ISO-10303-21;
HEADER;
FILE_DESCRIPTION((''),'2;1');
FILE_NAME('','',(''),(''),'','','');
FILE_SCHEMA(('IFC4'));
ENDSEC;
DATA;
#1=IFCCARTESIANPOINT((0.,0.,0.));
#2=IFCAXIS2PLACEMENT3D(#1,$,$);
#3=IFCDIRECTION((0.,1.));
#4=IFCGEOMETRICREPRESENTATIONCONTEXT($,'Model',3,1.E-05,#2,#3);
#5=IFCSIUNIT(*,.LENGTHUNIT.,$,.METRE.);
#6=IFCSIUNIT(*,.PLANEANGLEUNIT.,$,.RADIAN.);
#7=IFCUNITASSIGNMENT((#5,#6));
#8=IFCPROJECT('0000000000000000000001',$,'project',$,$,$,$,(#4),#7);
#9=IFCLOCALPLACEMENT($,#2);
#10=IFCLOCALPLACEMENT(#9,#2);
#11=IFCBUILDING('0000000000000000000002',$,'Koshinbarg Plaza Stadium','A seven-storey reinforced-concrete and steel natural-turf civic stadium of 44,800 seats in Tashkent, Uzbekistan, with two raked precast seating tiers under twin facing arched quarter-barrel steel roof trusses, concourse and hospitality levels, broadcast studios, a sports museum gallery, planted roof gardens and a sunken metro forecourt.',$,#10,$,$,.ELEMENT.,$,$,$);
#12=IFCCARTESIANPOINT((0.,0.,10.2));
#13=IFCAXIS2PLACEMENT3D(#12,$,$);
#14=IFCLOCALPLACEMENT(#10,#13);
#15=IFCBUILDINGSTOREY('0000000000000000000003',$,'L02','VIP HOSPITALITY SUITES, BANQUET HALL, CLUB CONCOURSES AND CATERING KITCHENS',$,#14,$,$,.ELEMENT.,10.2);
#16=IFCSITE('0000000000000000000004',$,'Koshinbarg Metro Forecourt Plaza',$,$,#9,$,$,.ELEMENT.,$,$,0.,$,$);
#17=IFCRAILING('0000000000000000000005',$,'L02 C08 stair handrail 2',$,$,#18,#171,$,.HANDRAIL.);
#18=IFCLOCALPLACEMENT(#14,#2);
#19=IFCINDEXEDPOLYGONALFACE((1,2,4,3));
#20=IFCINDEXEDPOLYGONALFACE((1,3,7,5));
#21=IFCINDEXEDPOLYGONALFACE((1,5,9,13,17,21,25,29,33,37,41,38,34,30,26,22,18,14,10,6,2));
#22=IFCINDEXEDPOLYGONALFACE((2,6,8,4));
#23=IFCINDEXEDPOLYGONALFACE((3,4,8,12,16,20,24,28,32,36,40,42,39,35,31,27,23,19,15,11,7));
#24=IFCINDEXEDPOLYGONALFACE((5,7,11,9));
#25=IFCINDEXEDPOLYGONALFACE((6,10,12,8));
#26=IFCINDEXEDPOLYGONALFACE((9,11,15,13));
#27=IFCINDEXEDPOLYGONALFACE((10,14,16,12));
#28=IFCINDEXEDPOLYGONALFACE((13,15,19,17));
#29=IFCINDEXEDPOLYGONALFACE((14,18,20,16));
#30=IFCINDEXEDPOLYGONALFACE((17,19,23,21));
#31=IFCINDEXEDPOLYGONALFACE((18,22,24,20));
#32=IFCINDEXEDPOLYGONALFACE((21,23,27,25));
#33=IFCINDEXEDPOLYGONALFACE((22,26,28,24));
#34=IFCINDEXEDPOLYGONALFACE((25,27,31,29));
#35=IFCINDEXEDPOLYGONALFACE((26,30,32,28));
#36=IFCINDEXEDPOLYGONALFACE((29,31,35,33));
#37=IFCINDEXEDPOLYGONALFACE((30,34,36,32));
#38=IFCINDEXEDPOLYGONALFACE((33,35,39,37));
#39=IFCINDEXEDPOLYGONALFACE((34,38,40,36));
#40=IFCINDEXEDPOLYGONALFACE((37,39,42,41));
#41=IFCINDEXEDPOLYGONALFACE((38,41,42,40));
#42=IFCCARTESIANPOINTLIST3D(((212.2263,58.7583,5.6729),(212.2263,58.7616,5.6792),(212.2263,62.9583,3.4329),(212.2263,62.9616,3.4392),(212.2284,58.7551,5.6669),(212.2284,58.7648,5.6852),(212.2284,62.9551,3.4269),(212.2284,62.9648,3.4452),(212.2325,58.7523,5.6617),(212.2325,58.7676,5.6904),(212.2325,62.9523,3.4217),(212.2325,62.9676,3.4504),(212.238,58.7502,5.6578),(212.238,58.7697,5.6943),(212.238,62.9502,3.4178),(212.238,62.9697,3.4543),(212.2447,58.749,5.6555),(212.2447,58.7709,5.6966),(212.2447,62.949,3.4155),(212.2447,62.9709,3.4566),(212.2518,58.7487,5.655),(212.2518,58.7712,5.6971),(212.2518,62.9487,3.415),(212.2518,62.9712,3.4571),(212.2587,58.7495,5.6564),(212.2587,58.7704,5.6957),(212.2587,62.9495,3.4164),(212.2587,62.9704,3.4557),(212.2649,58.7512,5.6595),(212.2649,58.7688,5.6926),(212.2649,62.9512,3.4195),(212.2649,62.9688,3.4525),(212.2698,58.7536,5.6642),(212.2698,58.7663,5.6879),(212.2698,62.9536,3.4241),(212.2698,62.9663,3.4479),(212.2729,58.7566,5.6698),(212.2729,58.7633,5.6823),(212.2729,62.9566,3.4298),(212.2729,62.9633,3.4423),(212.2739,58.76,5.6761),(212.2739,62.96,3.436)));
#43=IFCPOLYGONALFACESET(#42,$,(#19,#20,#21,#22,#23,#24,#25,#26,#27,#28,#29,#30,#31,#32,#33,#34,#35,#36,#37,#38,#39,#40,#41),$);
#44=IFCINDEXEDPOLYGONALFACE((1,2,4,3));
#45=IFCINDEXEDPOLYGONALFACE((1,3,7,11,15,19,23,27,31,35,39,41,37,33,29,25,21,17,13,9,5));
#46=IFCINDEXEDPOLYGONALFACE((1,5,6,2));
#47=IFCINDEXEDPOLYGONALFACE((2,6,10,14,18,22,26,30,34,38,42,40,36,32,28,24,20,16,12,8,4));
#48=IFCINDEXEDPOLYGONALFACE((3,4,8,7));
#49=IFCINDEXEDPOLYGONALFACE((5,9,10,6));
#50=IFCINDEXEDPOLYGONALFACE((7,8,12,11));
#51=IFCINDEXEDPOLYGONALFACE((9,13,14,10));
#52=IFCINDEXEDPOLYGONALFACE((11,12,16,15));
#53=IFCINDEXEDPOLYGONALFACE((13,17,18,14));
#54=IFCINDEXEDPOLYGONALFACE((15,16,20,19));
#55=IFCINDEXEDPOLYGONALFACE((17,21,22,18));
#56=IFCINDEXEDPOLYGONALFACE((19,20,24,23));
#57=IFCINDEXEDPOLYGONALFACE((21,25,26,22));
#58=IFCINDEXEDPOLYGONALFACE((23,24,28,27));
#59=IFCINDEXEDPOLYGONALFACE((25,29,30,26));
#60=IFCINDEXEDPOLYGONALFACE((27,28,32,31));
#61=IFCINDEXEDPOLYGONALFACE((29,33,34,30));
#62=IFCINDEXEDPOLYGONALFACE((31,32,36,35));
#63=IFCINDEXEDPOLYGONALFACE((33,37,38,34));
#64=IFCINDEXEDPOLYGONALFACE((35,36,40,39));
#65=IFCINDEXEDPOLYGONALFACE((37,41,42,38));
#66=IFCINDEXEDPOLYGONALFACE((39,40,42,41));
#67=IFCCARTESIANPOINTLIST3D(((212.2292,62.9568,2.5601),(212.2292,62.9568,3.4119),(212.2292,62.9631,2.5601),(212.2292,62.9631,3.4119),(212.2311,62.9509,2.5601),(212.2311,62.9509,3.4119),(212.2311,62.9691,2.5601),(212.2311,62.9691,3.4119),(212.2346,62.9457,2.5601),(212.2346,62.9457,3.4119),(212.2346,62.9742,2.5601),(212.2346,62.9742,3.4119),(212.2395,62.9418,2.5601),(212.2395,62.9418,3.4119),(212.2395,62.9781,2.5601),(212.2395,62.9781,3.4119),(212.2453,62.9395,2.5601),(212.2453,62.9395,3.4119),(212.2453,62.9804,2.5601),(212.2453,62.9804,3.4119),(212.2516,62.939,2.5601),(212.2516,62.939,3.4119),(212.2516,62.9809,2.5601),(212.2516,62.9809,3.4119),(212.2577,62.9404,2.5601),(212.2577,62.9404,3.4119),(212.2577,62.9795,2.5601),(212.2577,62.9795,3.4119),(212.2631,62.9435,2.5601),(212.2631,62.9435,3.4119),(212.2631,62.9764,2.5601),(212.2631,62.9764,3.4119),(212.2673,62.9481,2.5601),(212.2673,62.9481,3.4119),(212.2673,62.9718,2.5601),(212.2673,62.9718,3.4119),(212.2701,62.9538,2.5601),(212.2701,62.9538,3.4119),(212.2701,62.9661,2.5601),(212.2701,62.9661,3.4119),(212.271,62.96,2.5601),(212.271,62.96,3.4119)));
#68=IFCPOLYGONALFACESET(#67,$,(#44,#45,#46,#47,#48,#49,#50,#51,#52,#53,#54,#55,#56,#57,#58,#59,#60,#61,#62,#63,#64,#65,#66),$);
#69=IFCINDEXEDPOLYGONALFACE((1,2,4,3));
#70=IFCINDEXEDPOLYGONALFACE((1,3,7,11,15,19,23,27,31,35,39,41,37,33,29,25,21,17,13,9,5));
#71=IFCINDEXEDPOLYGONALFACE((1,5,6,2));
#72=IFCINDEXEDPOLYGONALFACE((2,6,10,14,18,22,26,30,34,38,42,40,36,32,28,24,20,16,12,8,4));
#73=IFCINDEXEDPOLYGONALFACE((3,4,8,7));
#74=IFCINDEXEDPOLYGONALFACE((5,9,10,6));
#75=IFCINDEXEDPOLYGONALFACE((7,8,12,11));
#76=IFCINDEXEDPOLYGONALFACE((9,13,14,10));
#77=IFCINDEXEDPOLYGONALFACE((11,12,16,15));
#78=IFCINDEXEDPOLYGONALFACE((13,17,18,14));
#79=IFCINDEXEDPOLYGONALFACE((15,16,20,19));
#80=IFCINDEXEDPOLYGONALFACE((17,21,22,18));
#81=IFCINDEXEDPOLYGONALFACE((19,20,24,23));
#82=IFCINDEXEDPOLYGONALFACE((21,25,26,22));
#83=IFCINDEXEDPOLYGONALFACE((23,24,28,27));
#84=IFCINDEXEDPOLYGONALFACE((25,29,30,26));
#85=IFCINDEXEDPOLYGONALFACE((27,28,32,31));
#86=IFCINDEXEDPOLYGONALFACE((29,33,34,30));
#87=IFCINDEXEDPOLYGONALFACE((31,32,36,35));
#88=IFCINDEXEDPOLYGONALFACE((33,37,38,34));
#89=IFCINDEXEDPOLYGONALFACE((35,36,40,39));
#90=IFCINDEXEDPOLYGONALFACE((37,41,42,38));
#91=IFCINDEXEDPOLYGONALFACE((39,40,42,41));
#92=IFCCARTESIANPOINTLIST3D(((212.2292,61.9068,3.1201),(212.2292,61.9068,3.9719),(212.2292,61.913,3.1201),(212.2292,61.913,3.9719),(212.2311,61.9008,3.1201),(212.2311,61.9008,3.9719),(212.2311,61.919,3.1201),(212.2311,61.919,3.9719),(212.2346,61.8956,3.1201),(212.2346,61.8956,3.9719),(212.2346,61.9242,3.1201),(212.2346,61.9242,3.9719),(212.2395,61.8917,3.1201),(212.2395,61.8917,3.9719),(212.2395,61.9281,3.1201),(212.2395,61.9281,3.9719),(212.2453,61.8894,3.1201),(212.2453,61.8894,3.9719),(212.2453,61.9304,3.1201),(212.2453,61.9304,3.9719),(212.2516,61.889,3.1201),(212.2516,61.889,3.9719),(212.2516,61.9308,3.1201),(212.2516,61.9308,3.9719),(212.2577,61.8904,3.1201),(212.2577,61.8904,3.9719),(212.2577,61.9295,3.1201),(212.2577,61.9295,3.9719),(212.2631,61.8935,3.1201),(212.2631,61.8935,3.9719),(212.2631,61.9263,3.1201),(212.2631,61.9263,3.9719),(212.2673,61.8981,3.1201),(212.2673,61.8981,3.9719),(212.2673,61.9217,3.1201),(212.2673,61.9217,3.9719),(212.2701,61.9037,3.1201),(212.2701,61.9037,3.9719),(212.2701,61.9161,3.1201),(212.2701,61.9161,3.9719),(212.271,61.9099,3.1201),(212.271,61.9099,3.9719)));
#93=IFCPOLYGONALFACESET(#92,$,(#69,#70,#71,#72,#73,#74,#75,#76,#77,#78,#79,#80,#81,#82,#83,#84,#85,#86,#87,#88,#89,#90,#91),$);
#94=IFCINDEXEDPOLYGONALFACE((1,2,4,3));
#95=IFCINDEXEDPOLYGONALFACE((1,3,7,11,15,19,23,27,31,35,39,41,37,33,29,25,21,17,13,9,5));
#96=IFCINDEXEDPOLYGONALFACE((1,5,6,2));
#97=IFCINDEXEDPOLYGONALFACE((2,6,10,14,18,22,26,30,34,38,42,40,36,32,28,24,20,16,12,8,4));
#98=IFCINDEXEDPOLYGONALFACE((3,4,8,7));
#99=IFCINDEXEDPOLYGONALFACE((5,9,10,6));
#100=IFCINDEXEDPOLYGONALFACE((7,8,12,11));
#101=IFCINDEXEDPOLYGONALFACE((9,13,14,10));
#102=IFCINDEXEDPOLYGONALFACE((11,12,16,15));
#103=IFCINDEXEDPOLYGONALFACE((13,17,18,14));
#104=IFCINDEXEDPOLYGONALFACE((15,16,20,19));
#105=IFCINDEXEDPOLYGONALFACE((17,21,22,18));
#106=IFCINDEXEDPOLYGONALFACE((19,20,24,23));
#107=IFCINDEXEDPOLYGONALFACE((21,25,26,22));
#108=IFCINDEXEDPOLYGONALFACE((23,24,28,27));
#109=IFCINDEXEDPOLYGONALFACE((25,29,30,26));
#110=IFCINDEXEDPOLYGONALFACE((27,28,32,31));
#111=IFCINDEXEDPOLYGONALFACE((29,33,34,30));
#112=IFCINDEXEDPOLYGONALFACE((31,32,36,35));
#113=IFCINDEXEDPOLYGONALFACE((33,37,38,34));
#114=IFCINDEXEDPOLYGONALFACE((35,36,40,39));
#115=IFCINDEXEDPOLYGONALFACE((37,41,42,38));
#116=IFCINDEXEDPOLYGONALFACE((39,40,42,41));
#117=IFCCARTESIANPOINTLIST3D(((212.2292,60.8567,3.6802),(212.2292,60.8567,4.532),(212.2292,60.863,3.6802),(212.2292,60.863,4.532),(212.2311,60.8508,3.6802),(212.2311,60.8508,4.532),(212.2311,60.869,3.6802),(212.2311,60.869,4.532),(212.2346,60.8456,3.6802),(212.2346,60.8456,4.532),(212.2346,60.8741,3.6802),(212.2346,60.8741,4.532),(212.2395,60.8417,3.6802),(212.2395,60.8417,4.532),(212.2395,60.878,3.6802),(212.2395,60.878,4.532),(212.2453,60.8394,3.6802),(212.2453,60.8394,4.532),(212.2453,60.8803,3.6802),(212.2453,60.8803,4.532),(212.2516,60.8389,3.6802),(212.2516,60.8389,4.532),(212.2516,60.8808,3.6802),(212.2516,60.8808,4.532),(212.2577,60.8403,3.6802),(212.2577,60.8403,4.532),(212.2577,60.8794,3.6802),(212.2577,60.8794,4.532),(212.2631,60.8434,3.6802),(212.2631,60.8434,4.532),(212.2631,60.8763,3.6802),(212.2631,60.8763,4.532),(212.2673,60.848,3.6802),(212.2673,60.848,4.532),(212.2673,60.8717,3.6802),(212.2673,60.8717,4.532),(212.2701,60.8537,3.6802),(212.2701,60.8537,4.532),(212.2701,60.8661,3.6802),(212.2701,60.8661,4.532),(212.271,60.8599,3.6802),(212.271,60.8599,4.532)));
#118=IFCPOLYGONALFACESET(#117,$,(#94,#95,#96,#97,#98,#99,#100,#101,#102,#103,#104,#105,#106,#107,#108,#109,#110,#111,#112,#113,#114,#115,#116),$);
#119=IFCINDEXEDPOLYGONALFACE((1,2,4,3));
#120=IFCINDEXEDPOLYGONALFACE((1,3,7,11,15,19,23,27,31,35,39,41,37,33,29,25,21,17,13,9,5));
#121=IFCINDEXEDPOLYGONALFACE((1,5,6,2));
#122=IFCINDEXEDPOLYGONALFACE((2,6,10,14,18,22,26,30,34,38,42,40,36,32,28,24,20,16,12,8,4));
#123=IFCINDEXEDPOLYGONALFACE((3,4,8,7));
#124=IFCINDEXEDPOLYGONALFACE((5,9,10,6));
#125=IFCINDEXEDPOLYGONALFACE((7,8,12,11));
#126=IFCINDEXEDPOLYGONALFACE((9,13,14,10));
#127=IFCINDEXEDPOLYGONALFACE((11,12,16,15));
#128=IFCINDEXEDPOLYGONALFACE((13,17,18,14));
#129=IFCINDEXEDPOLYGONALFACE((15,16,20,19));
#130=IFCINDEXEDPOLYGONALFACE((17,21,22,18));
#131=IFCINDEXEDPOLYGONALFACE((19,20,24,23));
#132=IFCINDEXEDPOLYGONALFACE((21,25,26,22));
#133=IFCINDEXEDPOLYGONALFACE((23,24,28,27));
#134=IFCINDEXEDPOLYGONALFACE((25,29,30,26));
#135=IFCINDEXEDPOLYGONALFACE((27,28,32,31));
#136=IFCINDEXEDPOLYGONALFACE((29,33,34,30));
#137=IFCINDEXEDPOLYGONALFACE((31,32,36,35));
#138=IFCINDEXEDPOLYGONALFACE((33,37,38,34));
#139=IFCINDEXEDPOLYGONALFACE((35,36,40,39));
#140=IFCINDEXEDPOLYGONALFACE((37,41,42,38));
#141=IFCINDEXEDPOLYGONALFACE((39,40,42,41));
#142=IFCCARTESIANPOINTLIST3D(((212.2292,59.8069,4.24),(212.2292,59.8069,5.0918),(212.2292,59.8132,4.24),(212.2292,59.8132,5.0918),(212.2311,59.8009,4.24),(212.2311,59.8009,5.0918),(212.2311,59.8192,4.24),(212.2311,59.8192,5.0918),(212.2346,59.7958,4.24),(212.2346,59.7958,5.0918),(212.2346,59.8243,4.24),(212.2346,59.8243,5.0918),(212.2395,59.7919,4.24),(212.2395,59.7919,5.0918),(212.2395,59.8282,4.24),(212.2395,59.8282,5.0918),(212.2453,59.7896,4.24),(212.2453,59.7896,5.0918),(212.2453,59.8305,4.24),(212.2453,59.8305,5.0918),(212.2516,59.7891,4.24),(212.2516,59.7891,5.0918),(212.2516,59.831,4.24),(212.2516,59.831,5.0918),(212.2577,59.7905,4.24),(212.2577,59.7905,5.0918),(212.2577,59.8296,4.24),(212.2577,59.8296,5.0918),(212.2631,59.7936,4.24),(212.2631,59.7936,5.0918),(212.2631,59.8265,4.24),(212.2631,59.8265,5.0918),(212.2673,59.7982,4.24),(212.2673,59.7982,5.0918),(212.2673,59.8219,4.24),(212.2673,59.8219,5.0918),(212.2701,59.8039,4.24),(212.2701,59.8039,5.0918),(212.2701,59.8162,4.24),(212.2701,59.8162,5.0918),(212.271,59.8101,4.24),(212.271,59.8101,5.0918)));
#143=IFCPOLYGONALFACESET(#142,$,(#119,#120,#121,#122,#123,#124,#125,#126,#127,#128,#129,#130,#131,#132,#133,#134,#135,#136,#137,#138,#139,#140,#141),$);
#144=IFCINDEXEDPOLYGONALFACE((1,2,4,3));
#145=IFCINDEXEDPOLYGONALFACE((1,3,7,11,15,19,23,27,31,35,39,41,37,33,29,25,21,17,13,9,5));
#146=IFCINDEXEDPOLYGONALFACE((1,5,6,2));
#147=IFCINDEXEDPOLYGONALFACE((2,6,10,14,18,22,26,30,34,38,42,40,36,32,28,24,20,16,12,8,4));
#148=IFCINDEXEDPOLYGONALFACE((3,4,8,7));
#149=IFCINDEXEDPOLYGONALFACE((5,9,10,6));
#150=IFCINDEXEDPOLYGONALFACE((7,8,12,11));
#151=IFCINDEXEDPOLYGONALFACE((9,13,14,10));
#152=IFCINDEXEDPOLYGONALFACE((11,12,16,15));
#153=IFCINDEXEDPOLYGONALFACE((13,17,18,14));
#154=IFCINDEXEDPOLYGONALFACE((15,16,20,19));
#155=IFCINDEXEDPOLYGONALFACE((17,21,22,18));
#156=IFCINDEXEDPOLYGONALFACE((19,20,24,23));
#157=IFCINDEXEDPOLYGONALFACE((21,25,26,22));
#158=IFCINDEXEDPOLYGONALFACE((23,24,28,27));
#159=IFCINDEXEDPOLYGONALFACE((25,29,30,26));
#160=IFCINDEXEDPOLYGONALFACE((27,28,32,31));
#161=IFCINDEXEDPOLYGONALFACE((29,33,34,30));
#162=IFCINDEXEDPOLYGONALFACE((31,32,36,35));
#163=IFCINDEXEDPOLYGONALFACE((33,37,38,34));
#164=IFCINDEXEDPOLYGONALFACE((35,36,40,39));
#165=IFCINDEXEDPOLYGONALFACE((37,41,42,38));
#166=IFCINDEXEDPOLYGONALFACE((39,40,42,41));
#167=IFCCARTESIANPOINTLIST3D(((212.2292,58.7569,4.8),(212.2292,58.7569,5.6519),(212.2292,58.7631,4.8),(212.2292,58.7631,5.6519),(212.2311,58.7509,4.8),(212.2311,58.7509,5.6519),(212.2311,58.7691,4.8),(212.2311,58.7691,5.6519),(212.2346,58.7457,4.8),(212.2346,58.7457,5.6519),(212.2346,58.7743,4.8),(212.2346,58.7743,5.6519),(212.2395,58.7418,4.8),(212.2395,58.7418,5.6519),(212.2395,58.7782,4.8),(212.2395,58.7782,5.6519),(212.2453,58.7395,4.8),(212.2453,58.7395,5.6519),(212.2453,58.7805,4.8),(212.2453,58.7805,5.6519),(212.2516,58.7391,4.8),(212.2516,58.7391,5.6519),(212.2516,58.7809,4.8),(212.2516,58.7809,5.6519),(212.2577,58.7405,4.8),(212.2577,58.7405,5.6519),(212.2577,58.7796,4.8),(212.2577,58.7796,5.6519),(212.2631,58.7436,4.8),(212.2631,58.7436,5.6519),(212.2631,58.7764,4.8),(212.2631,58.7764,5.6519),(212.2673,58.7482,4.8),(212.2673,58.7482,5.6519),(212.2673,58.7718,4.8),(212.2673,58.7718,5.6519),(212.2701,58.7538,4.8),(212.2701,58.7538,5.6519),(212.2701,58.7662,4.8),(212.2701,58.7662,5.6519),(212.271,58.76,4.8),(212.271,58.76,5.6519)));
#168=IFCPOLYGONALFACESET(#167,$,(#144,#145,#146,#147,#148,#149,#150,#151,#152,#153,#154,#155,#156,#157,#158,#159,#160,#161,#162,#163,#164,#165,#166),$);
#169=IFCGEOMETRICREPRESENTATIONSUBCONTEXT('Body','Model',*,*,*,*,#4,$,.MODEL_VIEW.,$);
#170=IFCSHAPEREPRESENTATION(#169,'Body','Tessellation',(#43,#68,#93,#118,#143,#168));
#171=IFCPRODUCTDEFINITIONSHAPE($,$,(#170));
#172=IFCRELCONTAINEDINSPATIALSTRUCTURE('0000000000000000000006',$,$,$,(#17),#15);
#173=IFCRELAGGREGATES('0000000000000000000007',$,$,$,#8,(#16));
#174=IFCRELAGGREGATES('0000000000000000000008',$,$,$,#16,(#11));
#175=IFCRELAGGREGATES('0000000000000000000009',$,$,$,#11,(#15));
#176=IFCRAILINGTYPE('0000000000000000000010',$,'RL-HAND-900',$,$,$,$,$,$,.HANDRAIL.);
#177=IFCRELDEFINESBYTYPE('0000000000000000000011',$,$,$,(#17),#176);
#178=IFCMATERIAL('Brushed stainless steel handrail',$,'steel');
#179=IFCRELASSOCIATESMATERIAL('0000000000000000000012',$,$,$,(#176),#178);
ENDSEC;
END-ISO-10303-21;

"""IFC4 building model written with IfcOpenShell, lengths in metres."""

from ifc_helpers import new_model, si_unit, direction, frame, origin, origin_2d, place, context, subcontext, project, spatial, circle, extrude, material, type_object, element, save


model = new_model("IFC4")

# Units and contexts
model_context = context("Model", 3, precision=1e-05, world=origin(), true_north=direction((0.0, 1.0)))
body_context = subcontext(model_context, "Body", "Model", "MODEL_VIEW")
ifc_project = project(units=[si_unit("LENGTHUNIT", "METRE"), si_unit("PLANEANGLEUNIT", "RADIAN")], contexts=[model_context])

# Site, building, storey
site_placement = place(None, origin())
site = spatial("IfcSite", under=ifc_project, at=site_placement, Name="Koshinbarg Metro Forecourt Plaza", CompositionType="ELEMENT", RefElevation=0.0)
building_placement = place(site_placement, origin())
building = spatial("IfcBuilding", under=site, at=building_placement, Name="Koshinbarg Plaza Stadium", Description="A seven-storey reinforced-concrete and steel natural-turf civic stadium of 44,800 seats in Tashkent, Uzbekistan, with two raked precast seating tiers under twin facing arched quarter-barrel steel roof trusses, concourse and hospitality levels, broadcast studios, a sports museum gallery, planted roof gardens and a sunken metro forecourt.", CompositionType="ELEMENT")
storey_placement = place(building_placement, frame((0.0, 0.0, 10.2)))
storey = spatial("IfcBuildingStorey", under=building, at=storey_placement, Name="L02", Description="VIP HOSPITALITY SUITES, BANQUET HALL, CLUB CONCOURSES AND CATERING KITCHENS", CompositionType="ELEMENT", Elevation=10.2)

# Railing
ifc_material_1 = material(Name="Brushed stainless steel handrail", Category="steel")
railing_type_1 = type_object("IfcRailingType", Name="RL-HAND-900", PredefinedType="HANDRAIL", material=ifc_material_1)
railing_1_placement = place(storey_placement, frame((212.25, 62.96, 2.5601)))
element("IfcRailing", 1, at=railing_1_placement, inside=storey, type_object=railing_type_1, Name="L02 C08 stair handrail 2", PredefinedType="HANDRAIL", context=body_context, shape_type="SweptSolid", body=[
    extrude(circle(Radius=0.0239, at=origin_2d()), frame((0.0, 0.0, 0.876), z_axis=(0.0, -0.882352, 0.470591), x_axis=(1.0, 0.0, 0.0)), (0.0, 0.0, 1.0), 4.76),
    extrude(circle(Radius=0.021, at=origin_2d()), origin(), (0.0, 0.0, 1.0), 0.8518),
    extrude(circle(Radius=0.021, at=origin_2d()), frame((0.0, -1.05, 0.5601)), (0.0, 0.0, 1.0), 0.8518),
    extrude(circle(Radius=0.021, at=origin_2d()), frame((0.0, -2.1001, 1.1201)), (0.0, 0.0, 1.0), 0.8518),
    extrude(circle(Radius=0.021, at=origin_2d()), frame((0.0, -3.1499, 1.6799)), (0.0, 0.0, 1.0), 0.8518),
    extrude(circle(Radius=0.021, at=origin_2d()), frame((0.0, -4.2, 2.24)), (0.0, 0.0, 1.0), 0.8518),
])

save(model, "model.ifc")
